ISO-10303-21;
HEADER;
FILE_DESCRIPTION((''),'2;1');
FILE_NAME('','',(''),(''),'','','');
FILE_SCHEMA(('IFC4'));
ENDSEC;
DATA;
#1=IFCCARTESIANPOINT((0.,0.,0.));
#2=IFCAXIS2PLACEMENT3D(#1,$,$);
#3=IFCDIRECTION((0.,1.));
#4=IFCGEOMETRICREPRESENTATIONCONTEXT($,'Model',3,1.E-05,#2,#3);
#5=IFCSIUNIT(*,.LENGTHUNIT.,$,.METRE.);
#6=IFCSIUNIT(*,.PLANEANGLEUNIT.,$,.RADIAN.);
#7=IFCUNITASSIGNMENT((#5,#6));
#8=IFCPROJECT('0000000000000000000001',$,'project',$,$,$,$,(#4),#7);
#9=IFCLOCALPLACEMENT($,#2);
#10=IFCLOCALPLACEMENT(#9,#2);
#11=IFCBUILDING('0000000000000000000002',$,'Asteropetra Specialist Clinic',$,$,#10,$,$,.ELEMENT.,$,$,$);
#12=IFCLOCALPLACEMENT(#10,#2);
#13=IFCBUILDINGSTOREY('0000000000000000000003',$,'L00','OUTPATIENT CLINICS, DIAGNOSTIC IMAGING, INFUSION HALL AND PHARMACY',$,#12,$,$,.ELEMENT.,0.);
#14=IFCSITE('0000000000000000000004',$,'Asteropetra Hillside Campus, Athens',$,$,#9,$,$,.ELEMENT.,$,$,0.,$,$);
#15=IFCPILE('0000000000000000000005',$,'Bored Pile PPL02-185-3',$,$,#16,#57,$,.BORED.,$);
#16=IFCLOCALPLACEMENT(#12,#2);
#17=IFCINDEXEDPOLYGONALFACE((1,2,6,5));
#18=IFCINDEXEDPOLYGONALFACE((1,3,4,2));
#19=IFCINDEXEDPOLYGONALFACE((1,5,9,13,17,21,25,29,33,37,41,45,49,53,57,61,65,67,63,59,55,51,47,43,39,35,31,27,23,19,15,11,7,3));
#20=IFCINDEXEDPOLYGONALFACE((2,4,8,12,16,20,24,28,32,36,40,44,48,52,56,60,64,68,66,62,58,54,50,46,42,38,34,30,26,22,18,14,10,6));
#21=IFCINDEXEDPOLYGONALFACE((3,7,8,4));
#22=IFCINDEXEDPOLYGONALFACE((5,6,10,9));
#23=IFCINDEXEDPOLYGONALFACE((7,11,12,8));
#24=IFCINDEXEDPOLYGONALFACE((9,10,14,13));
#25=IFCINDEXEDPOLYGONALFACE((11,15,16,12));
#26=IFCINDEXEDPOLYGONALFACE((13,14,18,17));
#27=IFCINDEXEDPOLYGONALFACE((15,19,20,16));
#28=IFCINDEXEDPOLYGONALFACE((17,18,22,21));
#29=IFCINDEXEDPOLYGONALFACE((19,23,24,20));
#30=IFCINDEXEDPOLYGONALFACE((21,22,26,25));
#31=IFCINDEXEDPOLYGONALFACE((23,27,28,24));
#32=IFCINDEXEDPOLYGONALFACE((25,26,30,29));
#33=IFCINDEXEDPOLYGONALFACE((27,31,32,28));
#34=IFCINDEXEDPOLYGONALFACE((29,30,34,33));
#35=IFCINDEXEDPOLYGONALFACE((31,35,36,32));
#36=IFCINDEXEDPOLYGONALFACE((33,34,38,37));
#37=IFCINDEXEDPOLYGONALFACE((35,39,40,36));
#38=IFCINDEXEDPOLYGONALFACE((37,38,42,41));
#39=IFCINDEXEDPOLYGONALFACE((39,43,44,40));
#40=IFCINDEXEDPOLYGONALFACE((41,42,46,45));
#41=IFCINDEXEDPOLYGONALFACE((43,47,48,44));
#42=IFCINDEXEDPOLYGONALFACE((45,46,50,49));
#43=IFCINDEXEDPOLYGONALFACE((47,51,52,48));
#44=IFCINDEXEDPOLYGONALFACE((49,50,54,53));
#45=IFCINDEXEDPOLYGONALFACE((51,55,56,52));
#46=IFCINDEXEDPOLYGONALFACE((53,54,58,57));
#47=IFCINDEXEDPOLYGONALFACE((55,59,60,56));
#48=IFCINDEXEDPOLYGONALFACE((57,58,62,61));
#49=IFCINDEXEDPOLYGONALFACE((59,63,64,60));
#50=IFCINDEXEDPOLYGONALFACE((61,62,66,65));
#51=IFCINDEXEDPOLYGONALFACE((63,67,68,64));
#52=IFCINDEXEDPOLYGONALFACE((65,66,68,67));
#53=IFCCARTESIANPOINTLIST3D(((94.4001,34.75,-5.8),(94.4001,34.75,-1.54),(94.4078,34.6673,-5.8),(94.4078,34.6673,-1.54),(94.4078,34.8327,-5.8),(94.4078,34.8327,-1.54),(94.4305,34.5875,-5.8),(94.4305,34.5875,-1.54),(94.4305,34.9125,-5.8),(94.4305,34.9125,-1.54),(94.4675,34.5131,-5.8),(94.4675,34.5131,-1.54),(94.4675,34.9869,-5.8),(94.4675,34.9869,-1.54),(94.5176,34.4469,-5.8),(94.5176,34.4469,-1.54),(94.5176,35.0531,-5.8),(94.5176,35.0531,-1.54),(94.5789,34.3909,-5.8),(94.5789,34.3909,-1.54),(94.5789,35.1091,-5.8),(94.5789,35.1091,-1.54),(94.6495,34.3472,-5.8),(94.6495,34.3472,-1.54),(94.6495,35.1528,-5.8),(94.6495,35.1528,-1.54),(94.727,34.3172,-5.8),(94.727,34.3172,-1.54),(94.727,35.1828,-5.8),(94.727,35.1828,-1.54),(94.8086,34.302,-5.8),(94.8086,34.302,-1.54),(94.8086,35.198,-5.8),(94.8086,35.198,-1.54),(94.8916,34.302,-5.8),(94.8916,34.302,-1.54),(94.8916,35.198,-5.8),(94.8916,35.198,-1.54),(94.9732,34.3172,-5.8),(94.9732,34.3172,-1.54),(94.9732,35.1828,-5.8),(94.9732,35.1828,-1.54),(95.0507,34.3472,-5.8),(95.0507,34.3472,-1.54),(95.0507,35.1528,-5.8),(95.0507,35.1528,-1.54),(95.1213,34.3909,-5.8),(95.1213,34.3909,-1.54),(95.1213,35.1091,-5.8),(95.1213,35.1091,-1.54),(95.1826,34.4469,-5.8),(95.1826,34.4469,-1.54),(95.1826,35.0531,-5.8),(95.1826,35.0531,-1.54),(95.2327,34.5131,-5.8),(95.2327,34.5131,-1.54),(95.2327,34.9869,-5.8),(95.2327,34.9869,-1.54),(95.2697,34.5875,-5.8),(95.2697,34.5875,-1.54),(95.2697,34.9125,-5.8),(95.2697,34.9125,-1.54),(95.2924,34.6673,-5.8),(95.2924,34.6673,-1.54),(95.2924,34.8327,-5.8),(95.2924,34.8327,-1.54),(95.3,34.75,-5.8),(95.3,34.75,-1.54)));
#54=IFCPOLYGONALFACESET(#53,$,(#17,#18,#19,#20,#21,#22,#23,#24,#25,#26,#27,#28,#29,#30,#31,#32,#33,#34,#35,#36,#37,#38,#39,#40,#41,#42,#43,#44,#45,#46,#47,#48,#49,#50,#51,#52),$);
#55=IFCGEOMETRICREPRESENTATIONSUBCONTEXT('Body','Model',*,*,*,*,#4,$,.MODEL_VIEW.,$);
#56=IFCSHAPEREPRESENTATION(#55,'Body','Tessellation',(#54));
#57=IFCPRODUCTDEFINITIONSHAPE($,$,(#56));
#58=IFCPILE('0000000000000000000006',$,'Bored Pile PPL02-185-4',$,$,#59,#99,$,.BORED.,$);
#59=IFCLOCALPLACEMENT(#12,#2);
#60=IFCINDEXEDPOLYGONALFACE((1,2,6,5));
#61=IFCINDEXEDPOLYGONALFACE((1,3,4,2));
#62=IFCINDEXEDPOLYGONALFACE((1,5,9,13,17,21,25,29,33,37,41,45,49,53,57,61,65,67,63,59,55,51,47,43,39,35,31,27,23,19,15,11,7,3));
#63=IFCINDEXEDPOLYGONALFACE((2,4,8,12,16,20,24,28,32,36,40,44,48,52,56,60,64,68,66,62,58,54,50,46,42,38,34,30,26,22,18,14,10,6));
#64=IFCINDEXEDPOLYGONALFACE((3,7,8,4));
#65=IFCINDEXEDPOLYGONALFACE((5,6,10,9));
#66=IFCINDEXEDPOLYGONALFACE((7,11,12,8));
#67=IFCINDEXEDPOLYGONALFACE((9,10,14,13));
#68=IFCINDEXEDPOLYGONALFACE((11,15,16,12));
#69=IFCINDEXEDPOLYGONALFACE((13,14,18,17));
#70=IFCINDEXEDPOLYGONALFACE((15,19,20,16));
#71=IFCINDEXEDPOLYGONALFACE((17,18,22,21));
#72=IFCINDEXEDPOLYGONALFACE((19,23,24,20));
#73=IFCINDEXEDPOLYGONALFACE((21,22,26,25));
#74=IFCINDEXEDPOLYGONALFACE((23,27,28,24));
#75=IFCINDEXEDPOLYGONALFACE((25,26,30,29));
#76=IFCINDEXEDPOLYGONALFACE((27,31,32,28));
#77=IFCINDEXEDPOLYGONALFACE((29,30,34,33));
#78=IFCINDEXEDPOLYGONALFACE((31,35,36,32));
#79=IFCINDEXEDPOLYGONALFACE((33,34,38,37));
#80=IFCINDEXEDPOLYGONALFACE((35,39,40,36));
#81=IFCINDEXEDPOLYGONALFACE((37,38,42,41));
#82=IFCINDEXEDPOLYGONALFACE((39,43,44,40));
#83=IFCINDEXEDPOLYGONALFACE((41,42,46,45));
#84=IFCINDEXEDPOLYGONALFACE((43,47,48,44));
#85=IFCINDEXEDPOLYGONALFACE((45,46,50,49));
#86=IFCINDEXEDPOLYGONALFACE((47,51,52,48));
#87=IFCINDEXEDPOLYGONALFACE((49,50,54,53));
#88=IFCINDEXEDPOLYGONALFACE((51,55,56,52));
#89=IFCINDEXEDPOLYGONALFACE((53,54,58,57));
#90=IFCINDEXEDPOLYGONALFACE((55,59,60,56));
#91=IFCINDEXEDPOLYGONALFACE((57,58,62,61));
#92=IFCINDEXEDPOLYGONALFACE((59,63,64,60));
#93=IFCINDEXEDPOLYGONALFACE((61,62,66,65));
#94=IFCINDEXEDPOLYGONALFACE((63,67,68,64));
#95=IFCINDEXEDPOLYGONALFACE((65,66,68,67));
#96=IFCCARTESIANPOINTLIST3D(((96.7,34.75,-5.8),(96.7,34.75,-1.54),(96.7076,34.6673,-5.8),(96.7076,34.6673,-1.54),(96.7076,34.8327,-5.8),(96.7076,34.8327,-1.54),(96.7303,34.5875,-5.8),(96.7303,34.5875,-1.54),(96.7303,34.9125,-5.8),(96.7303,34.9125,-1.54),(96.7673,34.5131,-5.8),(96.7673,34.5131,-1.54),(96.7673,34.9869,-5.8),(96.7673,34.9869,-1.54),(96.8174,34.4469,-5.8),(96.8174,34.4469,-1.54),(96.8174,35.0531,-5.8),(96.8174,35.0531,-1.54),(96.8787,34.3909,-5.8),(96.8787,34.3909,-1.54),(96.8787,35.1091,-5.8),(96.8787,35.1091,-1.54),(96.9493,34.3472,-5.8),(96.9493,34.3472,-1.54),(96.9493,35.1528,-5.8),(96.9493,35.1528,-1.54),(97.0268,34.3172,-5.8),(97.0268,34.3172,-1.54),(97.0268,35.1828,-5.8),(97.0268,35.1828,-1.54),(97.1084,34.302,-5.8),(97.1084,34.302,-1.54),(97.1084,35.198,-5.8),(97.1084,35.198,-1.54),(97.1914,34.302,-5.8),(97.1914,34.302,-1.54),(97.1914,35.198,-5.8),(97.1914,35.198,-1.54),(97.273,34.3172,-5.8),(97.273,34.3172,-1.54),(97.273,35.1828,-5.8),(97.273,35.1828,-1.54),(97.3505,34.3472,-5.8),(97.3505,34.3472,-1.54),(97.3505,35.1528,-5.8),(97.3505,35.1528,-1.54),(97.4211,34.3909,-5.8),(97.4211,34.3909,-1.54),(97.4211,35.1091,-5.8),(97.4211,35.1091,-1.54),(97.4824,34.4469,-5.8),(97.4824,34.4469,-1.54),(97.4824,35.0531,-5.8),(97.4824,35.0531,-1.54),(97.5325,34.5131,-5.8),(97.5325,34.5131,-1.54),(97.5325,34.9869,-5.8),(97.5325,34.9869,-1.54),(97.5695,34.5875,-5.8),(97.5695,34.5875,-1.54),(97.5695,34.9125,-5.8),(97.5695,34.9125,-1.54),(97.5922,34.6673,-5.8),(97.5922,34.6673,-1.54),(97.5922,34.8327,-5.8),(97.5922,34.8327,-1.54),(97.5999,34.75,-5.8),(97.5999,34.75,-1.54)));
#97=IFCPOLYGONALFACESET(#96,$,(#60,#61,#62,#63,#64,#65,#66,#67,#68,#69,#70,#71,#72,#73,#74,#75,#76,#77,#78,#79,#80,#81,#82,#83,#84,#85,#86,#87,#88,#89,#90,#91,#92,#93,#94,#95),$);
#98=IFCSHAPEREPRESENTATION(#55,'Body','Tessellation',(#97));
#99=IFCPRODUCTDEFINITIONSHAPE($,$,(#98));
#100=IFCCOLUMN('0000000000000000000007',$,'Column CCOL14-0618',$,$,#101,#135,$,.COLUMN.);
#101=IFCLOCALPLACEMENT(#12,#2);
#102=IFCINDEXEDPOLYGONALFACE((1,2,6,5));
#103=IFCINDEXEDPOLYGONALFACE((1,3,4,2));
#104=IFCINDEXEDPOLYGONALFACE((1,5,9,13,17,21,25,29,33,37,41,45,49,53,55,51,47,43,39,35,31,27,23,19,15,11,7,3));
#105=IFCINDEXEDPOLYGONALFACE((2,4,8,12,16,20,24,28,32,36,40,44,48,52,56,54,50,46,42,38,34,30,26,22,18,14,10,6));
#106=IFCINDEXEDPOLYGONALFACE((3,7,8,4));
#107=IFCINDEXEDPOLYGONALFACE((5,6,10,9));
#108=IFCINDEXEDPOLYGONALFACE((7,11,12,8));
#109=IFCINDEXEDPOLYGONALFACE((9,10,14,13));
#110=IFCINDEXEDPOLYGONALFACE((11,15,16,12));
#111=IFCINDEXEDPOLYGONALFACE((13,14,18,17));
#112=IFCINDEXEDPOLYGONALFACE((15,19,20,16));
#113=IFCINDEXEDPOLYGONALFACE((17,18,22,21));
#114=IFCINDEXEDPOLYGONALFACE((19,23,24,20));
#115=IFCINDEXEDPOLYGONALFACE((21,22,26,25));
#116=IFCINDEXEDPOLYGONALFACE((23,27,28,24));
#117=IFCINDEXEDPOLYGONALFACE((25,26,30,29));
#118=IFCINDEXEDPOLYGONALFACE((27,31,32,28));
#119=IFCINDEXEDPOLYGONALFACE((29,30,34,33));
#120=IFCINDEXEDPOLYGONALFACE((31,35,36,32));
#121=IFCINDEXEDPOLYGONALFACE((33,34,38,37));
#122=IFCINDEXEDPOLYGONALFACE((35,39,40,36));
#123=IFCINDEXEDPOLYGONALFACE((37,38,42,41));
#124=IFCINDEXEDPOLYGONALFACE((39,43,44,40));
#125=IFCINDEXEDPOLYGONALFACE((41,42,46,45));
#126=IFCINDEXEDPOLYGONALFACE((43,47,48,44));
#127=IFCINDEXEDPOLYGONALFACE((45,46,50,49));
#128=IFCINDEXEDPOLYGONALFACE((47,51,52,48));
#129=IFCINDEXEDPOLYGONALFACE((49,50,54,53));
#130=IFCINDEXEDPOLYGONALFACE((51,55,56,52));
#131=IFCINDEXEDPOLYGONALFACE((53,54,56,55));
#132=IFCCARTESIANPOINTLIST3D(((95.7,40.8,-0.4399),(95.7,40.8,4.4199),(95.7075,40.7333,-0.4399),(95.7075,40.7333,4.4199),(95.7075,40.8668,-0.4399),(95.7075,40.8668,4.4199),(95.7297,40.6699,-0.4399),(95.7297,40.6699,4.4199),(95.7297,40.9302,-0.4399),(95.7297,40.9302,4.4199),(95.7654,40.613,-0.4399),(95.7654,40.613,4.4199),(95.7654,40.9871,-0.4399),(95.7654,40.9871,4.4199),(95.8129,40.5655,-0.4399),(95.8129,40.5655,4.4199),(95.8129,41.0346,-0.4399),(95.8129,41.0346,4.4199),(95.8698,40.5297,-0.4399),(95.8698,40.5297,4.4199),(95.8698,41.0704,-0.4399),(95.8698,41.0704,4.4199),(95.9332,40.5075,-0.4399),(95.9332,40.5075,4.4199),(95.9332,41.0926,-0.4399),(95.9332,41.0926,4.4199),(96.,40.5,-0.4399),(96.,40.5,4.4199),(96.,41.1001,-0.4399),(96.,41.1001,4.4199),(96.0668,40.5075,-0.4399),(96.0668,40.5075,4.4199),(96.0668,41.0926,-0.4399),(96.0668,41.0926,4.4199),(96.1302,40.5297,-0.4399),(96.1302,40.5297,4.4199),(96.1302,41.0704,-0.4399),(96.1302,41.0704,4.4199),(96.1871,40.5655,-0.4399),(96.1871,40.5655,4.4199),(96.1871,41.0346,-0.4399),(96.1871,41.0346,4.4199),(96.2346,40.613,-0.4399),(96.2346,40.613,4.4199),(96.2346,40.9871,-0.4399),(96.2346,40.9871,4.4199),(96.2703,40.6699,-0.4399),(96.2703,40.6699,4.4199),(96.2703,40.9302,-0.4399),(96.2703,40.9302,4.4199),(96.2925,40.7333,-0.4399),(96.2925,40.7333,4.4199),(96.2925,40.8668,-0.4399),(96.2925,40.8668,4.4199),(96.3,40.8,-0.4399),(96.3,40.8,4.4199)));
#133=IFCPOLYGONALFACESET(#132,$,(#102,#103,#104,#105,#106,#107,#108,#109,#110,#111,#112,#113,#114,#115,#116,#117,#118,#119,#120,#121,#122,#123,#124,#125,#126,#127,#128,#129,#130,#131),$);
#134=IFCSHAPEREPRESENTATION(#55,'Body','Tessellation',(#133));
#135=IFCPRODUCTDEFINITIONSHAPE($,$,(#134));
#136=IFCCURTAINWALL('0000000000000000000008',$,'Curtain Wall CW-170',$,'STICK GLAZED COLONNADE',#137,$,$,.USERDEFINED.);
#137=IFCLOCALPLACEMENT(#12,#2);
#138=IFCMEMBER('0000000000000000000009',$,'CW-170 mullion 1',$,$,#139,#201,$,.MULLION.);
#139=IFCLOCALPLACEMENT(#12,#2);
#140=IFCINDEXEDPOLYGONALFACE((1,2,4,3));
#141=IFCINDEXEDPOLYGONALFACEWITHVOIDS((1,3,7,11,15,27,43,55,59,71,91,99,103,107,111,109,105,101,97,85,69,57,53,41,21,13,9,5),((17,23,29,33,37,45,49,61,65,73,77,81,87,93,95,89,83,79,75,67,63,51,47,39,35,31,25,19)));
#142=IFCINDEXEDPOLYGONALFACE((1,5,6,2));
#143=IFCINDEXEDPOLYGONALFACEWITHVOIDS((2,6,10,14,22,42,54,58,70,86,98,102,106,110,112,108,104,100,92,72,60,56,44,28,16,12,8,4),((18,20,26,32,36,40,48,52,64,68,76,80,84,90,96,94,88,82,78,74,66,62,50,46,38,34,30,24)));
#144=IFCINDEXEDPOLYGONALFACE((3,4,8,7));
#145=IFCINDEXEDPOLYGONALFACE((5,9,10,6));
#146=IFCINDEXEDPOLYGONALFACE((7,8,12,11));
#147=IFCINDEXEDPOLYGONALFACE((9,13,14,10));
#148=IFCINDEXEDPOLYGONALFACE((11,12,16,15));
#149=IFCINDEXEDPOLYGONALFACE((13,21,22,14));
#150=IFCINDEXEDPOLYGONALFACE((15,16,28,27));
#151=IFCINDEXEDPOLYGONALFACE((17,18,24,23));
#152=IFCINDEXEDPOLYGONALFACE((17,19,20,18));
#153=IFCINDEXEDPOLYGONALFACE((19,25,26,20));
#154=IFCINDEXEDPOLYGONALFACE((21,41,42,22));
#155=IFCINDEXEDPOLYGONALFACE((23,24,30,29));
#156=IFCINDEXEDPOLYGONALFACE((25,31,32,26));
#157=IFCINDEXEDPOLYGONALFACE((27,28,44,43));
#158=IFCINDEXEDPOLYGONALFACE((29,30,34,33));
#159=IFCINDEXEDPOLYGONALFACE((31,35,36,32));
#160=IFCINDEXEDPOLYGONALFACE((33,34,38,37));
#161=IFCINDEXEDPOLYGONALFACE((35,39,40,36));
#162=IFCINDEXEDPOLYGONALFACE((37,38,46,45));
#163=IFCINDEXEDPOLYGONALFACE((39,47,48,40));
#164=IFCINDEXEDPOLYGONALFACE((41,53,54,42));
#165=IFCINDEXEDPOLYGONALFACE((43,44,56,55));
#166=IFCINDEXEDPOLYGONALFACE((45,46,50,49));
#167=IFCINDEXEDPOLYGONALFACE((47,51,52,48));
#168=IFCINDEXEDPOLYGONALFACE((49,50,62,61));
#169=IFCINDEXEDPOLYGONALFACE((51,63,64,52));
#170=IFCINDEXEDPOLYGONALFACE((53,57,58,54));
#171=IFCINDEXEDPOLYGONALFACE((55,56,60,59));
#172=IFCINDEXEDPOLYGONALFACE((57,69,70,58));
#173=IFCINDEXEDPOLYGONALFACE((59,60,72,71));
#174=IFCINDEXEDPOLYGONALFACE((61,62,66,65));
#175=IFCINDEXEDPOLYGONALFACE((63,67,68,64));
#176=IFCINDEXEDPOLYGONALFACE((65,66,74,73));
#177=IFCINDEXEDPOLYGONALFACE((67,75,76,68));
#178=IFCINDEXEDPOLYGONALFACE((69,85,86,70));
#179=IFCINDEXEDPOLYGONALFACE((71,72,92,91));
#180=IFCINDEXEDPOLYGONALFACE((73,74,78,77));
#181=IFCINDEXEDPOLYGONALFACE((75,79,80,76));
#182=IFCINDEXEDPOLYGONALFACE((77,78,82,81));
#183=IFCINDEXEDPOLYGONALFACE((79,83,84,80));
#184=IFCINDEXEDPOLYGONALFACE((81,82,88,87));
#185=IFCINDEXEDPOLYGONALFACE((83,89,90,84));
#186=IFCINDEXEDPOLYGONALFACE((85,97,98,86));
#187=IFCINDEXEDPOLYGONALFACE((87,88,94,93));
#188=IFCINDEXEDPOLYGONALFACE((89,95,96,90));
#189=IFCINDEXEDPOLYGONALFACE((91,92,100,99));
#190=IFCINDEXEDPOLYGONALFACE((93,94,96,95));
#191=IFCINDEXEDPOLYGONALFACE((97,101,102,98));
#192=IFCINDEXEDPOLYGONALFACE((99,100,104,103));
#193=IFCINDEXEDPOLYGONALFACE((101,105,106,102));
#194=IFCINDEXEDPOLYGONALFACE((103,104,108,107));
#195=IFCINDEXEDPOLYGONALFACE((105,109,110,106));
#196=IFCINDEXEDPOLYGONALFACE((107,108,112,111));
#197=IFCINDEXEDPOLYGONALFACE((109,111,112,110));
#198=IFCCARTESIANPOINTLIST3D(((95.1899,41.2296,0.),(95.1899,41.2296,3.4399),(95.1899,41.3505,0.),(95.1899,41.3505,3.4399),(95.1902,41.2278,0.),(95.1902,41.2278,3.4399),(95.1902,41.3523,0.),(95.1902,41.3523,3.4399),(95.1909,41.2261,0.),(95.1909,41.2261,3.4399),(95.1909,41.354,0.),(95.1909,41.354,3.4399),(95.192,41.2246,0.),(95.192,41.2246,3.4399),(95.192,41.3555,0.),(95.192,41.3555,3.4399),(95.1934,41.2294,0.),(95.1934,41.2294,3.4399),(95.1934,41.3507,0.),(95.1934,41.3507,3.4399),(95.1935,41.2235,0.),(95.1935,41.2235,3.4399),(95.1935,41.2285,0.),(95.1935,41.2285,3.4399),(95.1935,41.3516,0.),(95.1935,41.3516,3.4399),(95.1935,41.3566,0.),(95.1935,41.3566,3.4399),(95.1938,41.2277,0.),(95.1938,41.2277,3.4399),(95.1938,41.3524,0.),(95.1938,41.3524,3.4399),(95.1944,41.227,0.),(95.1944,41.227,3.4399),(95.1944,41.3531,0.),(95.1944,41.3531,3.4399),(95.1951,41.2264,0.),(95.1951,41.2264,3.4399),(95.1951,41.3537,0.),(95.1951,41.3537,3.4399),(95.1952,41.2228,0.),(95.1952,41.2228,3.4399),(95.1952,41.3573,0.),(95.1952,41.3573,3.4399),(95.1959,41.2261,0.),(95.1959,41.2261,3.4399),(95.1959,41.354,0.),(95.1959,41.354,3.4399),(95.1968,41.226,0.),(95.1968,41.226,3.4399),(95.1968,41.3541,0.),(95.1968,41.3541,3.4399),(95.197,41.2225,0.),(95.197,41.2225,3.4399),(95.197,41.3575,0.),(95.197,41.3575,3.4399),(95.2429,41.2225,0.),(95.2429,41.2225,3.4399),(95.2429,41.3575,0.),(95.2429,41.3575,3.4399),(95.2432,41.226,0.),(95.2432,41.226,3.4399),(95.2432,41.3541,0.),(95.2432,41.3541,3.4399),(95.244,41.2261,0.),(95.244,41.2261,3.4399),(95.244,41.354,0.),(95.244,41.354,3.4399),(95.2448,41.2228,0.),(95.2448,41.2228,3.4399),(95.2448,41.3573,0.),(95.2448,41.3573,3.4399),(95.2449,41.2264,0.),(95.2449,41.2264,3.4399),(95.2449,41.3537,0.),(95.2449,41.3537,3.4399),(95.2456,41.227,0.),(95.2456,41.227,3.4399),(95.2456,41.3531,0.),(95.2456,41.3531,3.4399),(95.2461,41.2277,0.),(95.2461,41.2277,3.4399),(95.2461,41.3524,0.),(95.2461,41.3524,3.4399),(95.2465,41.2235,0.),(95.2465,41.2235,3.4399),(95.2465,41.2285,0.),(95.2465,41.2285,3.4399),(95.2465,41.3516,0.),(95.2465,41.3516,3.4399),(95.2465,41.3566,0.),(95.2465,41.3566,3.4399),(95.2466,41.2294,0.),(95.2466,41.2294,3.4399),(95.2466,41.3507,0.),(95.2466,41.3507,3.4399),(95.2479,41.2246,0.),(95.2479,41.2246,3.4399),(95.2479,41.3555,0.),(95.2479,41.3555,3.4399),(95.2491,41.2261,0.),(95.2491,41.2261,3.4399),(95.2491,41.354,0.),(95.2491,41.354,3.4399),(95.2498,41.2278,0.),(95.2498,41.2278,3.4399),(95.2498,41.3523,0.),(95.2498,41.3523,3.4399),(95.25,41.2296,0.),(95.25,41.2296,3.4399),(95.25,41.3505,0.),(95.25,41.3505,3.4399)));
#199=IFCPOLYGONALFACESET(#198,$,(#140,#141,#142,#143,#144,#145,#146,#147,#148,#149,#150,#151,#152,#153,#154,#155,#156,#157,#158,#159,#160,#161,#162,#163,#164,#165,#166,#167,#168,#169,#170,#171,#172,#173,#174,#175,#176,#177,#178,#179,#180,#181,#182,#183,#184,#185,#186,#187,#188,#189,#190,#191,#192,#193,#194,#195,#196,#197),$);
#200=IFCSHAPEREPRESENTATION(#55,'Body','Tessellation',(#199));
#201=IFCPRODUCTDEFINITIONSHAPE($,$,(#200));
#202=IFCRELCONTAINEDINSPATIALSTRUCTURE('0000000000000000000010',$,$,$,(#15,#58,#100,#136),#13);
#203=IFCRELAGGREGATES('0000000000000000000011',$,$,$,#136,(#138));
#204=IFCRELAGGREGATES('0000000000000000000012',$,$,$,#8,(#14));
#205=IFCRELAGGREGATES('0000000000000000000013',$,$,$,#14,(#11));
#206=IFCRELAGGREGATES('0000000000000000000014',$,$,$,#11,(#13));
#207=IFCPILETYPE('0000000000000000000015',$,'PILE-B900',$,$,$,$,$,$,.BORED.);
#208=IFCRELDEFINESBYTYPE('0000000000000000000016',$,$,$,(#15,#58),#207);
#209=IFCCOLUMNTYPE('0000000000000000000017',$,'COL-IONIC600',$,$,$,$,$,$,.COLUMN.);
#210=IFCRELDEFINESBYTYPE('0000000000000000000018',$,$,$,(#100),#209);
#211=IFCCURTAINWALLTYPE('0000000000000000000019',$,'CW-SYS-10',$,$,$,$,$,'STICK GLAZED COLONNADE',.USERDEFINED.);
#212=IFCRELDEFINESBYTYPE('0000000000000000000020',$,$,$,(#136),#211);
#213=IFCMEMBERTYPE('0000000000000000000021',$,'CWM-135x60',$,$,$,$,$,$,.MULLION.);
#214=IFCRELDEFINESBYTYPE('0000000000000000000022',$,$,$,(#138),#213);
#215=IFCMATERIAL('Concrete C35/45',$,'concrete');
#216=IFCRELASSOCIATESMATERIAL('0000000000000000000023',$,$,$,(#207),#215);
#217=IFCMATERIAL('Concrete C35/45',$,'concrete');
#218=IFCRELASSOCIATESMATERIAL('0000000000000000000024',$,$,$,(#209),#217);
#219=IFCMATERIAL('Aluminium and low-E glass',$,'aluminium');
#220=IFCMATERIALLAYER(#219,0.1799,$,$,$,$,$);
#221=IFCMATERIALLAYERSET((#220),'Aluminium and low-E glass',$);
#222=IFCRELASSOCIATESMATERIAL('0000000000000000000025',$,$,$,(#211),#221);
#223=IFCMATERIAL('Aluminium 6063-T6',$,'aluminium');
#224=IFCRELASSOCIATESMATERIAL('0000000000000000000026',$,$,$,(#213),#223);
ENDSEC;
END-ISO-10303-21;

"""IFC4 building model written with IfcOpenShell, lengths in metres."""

from ifc_helpers import new_model, si_unit, direction, frame, origin, origin_2d, place, context, subcontext, project, spatial, hollow_rectangle, circle, extrude, material, layer, layer_set, material_profile, profile_set, type_object, element, aggregate, save


model = new_model("IFC4")

# Units and contexts
model_context = context("Model", 3, precision=1e-05, world=origin(), true_north=direction((0.0, 1.0)))
body_context = subcontext(model_context, "Body", "Model", "MODEL_VIEW")
ifc_project = project(units=[si_unit("LENGTHUNIT", "METRE"), si_unit("PLANEANGLEUNIT", "RADIAN")], contexts=[model_context])

# Site, building, storey
site_placement = place(None, origin())
site = spatial("IfcSite", under=ifc_project, at=site_placement, Name="Asteropetra Hillside Campus, Athens", CompositionType="ELEMENT", RefElevation=0.0)
building_placement = place(site_placement, origin())
building = spatial("IfcBuilding", under=site, at=building_placement, Name="Asteropetra Specialist Clinic", CompositionType="ELEMENT")
storey_placement = place(building_placement, origin())
storey = spatial("IfcBuildingStorey", under=building, at=storey_placement, Name="L00", Description="OUTPATIENT CLINICS, DIAGNOSTIC IMAGING, INFUSION HALL AND PHARMACY", CompositionType="ELEMENT", Elevation=0.0)

# Piles
ifc_material_1 = material(Name="Concrete C35/45", Category="concrete")
ifc_material_profile_1 = material_profile(ifc_material_1, circle(Radius=0.45, at=origin_2d()), Name="PILE D900")
ifc_profile_set_1 = profile_set([ifc_material_profile_1], Name="Concrete C35/45")
pile_type_1 = type_object("IfcPileType", Name="PILE-B900", PredefinedType="BORED", material=ifc_profile_set_1)
for number, where, z_axis, x_axis, name in (
    (1, (94.8501, 34.75, -1.54), (0.0, 0.0, -1.0), (1.0, 0.0, 0.0), "Bored Pile PPL02-185-3"),
    (2, (97.1499, 34.75, -1.54), (0.0, 0.0, -1.0), (1.0, 0.0, 0.0), "Bored Pile PPL02-185-4"),
):
    element("IfcPile", number, at=place(storey_placement, frame(where, z_axis=z_axis, x_axis=x_axis)), inside=storey, type_object=pile_type_1, Name=name, PredefinedType="BORED", context=body_context, shape_type="SweptSolid", body=[
        extrude(circle(Radius=0.45, at=origin_2d()), origin(), (0.0, 0.0, 1.0), 4.26),
    ])

# Column
ifc_material_2 = material(Name="Concrete C35/45", Category="concrete")
ifc_material_profile_2 = material_profile(ifc_material_2, circle(Radius=0.3, at=origin_2d()), Name="RCC D600")
ifc_profile_set_2 = profile_set([ifc_material_profile_2], Name="Concrete C35/45")
column_type = type_object("IfcColumnType", Name="COL-IONIC600", PredefinedType="COLUMN", material=ifc_profile_set_2)
column_placement = place(storey_placement, frame((96.0, 40.8, -0.4399), z_axis=(0.0, 0.0, 1.0), x_axis=(1.0, 0.0, 0.0)))
element("IfcColumn", 3, at=column_placement, inside=storey, type_object=column_type, Name="Column CCOL14-0618", PredefinedType="COLUMN", context=body_context, shape_type="SweptSolid", body=[
    extrude(circle(Radius=0.3, at=origin_2d()), origin(), (0.0, 0.0, 1.0), 4.8599),
])

# Curtain wall, member
ifc_material_3 = material(Name="Aluminium and low-E glass", Category="aluminium")
ifc_layer_1 = layer(ifc_material_3, 0.1799)
ifc_layer_set_1 = layer_set([ifc_layer_1], Name="Aluminium and low-E glass")
curtain_wall_type_1 = type_object("IfcCurtainWallType", Name="CW-SYS-10", ElementType="STICK GLAZED COLONNADE", PredefinedType="USERDEFINED", material=ifc_layer_set_1)
curtain_wall_1_placement = place(storey_placement, origin())
curtain_wall_1 = element("IfcCurtainWall", 4, at=curtain_wall_1_placement, inside=storey, type_object=curtain_wall_type_1, Name="Curtain Wall CW-170", ObjectType="STICK GLAZED COLONNADE", PredefinedType="USERDEFINED")
ifc_material_4 = material(Name="Aluminium 6063-T6", Category="aluminium")
ifc_material_profile_3 = material_profile(ifc_material_4, hollow_rectangle(XDim=0.0601, YDim=0.135, WallThickness=0.0034, InnerFilletRadius=0.0034, OuterFilletRadius=0.0071, at=origin_2d()), Name="MUL 135x60x3.5")
ifc_profile_set_3 = profile_set([ifc_material_profile_3], Name="Aluminium 6063-T6")
member_type_1 = type_object("IfcMemberType", Name="CWM-135x60", PredefinedType="MULLION", material=ifc_profile_set_3)
member_1_placement = place(storey_placement, frame((95.22, 41.29, 0.0), z_axis=(0.0, 0.0, 1.0), x_axis=(-1.0, 0.0, 0.0)))
member_1 = element("IfcMember", 5, at=member_1_placement, type_object=member_type_1, Name="CW-170 mullion 1", PredefinedType="MULLION", context=body_context, shape_type="SweptSolid", body=[
    extrude(hollow_rectangle(XDim=0.0601, YDim=0.135, WallThickness=0.0034, InnerFilletRadius=0.0034, OuterFilletRadius=0.0071, at=origin_2d()), origin(), (0.0, 0.0, 1.0), 3.4399),
])

aggregate(curtain_wall_1, [member_1])

save(model, "model.ifc")
